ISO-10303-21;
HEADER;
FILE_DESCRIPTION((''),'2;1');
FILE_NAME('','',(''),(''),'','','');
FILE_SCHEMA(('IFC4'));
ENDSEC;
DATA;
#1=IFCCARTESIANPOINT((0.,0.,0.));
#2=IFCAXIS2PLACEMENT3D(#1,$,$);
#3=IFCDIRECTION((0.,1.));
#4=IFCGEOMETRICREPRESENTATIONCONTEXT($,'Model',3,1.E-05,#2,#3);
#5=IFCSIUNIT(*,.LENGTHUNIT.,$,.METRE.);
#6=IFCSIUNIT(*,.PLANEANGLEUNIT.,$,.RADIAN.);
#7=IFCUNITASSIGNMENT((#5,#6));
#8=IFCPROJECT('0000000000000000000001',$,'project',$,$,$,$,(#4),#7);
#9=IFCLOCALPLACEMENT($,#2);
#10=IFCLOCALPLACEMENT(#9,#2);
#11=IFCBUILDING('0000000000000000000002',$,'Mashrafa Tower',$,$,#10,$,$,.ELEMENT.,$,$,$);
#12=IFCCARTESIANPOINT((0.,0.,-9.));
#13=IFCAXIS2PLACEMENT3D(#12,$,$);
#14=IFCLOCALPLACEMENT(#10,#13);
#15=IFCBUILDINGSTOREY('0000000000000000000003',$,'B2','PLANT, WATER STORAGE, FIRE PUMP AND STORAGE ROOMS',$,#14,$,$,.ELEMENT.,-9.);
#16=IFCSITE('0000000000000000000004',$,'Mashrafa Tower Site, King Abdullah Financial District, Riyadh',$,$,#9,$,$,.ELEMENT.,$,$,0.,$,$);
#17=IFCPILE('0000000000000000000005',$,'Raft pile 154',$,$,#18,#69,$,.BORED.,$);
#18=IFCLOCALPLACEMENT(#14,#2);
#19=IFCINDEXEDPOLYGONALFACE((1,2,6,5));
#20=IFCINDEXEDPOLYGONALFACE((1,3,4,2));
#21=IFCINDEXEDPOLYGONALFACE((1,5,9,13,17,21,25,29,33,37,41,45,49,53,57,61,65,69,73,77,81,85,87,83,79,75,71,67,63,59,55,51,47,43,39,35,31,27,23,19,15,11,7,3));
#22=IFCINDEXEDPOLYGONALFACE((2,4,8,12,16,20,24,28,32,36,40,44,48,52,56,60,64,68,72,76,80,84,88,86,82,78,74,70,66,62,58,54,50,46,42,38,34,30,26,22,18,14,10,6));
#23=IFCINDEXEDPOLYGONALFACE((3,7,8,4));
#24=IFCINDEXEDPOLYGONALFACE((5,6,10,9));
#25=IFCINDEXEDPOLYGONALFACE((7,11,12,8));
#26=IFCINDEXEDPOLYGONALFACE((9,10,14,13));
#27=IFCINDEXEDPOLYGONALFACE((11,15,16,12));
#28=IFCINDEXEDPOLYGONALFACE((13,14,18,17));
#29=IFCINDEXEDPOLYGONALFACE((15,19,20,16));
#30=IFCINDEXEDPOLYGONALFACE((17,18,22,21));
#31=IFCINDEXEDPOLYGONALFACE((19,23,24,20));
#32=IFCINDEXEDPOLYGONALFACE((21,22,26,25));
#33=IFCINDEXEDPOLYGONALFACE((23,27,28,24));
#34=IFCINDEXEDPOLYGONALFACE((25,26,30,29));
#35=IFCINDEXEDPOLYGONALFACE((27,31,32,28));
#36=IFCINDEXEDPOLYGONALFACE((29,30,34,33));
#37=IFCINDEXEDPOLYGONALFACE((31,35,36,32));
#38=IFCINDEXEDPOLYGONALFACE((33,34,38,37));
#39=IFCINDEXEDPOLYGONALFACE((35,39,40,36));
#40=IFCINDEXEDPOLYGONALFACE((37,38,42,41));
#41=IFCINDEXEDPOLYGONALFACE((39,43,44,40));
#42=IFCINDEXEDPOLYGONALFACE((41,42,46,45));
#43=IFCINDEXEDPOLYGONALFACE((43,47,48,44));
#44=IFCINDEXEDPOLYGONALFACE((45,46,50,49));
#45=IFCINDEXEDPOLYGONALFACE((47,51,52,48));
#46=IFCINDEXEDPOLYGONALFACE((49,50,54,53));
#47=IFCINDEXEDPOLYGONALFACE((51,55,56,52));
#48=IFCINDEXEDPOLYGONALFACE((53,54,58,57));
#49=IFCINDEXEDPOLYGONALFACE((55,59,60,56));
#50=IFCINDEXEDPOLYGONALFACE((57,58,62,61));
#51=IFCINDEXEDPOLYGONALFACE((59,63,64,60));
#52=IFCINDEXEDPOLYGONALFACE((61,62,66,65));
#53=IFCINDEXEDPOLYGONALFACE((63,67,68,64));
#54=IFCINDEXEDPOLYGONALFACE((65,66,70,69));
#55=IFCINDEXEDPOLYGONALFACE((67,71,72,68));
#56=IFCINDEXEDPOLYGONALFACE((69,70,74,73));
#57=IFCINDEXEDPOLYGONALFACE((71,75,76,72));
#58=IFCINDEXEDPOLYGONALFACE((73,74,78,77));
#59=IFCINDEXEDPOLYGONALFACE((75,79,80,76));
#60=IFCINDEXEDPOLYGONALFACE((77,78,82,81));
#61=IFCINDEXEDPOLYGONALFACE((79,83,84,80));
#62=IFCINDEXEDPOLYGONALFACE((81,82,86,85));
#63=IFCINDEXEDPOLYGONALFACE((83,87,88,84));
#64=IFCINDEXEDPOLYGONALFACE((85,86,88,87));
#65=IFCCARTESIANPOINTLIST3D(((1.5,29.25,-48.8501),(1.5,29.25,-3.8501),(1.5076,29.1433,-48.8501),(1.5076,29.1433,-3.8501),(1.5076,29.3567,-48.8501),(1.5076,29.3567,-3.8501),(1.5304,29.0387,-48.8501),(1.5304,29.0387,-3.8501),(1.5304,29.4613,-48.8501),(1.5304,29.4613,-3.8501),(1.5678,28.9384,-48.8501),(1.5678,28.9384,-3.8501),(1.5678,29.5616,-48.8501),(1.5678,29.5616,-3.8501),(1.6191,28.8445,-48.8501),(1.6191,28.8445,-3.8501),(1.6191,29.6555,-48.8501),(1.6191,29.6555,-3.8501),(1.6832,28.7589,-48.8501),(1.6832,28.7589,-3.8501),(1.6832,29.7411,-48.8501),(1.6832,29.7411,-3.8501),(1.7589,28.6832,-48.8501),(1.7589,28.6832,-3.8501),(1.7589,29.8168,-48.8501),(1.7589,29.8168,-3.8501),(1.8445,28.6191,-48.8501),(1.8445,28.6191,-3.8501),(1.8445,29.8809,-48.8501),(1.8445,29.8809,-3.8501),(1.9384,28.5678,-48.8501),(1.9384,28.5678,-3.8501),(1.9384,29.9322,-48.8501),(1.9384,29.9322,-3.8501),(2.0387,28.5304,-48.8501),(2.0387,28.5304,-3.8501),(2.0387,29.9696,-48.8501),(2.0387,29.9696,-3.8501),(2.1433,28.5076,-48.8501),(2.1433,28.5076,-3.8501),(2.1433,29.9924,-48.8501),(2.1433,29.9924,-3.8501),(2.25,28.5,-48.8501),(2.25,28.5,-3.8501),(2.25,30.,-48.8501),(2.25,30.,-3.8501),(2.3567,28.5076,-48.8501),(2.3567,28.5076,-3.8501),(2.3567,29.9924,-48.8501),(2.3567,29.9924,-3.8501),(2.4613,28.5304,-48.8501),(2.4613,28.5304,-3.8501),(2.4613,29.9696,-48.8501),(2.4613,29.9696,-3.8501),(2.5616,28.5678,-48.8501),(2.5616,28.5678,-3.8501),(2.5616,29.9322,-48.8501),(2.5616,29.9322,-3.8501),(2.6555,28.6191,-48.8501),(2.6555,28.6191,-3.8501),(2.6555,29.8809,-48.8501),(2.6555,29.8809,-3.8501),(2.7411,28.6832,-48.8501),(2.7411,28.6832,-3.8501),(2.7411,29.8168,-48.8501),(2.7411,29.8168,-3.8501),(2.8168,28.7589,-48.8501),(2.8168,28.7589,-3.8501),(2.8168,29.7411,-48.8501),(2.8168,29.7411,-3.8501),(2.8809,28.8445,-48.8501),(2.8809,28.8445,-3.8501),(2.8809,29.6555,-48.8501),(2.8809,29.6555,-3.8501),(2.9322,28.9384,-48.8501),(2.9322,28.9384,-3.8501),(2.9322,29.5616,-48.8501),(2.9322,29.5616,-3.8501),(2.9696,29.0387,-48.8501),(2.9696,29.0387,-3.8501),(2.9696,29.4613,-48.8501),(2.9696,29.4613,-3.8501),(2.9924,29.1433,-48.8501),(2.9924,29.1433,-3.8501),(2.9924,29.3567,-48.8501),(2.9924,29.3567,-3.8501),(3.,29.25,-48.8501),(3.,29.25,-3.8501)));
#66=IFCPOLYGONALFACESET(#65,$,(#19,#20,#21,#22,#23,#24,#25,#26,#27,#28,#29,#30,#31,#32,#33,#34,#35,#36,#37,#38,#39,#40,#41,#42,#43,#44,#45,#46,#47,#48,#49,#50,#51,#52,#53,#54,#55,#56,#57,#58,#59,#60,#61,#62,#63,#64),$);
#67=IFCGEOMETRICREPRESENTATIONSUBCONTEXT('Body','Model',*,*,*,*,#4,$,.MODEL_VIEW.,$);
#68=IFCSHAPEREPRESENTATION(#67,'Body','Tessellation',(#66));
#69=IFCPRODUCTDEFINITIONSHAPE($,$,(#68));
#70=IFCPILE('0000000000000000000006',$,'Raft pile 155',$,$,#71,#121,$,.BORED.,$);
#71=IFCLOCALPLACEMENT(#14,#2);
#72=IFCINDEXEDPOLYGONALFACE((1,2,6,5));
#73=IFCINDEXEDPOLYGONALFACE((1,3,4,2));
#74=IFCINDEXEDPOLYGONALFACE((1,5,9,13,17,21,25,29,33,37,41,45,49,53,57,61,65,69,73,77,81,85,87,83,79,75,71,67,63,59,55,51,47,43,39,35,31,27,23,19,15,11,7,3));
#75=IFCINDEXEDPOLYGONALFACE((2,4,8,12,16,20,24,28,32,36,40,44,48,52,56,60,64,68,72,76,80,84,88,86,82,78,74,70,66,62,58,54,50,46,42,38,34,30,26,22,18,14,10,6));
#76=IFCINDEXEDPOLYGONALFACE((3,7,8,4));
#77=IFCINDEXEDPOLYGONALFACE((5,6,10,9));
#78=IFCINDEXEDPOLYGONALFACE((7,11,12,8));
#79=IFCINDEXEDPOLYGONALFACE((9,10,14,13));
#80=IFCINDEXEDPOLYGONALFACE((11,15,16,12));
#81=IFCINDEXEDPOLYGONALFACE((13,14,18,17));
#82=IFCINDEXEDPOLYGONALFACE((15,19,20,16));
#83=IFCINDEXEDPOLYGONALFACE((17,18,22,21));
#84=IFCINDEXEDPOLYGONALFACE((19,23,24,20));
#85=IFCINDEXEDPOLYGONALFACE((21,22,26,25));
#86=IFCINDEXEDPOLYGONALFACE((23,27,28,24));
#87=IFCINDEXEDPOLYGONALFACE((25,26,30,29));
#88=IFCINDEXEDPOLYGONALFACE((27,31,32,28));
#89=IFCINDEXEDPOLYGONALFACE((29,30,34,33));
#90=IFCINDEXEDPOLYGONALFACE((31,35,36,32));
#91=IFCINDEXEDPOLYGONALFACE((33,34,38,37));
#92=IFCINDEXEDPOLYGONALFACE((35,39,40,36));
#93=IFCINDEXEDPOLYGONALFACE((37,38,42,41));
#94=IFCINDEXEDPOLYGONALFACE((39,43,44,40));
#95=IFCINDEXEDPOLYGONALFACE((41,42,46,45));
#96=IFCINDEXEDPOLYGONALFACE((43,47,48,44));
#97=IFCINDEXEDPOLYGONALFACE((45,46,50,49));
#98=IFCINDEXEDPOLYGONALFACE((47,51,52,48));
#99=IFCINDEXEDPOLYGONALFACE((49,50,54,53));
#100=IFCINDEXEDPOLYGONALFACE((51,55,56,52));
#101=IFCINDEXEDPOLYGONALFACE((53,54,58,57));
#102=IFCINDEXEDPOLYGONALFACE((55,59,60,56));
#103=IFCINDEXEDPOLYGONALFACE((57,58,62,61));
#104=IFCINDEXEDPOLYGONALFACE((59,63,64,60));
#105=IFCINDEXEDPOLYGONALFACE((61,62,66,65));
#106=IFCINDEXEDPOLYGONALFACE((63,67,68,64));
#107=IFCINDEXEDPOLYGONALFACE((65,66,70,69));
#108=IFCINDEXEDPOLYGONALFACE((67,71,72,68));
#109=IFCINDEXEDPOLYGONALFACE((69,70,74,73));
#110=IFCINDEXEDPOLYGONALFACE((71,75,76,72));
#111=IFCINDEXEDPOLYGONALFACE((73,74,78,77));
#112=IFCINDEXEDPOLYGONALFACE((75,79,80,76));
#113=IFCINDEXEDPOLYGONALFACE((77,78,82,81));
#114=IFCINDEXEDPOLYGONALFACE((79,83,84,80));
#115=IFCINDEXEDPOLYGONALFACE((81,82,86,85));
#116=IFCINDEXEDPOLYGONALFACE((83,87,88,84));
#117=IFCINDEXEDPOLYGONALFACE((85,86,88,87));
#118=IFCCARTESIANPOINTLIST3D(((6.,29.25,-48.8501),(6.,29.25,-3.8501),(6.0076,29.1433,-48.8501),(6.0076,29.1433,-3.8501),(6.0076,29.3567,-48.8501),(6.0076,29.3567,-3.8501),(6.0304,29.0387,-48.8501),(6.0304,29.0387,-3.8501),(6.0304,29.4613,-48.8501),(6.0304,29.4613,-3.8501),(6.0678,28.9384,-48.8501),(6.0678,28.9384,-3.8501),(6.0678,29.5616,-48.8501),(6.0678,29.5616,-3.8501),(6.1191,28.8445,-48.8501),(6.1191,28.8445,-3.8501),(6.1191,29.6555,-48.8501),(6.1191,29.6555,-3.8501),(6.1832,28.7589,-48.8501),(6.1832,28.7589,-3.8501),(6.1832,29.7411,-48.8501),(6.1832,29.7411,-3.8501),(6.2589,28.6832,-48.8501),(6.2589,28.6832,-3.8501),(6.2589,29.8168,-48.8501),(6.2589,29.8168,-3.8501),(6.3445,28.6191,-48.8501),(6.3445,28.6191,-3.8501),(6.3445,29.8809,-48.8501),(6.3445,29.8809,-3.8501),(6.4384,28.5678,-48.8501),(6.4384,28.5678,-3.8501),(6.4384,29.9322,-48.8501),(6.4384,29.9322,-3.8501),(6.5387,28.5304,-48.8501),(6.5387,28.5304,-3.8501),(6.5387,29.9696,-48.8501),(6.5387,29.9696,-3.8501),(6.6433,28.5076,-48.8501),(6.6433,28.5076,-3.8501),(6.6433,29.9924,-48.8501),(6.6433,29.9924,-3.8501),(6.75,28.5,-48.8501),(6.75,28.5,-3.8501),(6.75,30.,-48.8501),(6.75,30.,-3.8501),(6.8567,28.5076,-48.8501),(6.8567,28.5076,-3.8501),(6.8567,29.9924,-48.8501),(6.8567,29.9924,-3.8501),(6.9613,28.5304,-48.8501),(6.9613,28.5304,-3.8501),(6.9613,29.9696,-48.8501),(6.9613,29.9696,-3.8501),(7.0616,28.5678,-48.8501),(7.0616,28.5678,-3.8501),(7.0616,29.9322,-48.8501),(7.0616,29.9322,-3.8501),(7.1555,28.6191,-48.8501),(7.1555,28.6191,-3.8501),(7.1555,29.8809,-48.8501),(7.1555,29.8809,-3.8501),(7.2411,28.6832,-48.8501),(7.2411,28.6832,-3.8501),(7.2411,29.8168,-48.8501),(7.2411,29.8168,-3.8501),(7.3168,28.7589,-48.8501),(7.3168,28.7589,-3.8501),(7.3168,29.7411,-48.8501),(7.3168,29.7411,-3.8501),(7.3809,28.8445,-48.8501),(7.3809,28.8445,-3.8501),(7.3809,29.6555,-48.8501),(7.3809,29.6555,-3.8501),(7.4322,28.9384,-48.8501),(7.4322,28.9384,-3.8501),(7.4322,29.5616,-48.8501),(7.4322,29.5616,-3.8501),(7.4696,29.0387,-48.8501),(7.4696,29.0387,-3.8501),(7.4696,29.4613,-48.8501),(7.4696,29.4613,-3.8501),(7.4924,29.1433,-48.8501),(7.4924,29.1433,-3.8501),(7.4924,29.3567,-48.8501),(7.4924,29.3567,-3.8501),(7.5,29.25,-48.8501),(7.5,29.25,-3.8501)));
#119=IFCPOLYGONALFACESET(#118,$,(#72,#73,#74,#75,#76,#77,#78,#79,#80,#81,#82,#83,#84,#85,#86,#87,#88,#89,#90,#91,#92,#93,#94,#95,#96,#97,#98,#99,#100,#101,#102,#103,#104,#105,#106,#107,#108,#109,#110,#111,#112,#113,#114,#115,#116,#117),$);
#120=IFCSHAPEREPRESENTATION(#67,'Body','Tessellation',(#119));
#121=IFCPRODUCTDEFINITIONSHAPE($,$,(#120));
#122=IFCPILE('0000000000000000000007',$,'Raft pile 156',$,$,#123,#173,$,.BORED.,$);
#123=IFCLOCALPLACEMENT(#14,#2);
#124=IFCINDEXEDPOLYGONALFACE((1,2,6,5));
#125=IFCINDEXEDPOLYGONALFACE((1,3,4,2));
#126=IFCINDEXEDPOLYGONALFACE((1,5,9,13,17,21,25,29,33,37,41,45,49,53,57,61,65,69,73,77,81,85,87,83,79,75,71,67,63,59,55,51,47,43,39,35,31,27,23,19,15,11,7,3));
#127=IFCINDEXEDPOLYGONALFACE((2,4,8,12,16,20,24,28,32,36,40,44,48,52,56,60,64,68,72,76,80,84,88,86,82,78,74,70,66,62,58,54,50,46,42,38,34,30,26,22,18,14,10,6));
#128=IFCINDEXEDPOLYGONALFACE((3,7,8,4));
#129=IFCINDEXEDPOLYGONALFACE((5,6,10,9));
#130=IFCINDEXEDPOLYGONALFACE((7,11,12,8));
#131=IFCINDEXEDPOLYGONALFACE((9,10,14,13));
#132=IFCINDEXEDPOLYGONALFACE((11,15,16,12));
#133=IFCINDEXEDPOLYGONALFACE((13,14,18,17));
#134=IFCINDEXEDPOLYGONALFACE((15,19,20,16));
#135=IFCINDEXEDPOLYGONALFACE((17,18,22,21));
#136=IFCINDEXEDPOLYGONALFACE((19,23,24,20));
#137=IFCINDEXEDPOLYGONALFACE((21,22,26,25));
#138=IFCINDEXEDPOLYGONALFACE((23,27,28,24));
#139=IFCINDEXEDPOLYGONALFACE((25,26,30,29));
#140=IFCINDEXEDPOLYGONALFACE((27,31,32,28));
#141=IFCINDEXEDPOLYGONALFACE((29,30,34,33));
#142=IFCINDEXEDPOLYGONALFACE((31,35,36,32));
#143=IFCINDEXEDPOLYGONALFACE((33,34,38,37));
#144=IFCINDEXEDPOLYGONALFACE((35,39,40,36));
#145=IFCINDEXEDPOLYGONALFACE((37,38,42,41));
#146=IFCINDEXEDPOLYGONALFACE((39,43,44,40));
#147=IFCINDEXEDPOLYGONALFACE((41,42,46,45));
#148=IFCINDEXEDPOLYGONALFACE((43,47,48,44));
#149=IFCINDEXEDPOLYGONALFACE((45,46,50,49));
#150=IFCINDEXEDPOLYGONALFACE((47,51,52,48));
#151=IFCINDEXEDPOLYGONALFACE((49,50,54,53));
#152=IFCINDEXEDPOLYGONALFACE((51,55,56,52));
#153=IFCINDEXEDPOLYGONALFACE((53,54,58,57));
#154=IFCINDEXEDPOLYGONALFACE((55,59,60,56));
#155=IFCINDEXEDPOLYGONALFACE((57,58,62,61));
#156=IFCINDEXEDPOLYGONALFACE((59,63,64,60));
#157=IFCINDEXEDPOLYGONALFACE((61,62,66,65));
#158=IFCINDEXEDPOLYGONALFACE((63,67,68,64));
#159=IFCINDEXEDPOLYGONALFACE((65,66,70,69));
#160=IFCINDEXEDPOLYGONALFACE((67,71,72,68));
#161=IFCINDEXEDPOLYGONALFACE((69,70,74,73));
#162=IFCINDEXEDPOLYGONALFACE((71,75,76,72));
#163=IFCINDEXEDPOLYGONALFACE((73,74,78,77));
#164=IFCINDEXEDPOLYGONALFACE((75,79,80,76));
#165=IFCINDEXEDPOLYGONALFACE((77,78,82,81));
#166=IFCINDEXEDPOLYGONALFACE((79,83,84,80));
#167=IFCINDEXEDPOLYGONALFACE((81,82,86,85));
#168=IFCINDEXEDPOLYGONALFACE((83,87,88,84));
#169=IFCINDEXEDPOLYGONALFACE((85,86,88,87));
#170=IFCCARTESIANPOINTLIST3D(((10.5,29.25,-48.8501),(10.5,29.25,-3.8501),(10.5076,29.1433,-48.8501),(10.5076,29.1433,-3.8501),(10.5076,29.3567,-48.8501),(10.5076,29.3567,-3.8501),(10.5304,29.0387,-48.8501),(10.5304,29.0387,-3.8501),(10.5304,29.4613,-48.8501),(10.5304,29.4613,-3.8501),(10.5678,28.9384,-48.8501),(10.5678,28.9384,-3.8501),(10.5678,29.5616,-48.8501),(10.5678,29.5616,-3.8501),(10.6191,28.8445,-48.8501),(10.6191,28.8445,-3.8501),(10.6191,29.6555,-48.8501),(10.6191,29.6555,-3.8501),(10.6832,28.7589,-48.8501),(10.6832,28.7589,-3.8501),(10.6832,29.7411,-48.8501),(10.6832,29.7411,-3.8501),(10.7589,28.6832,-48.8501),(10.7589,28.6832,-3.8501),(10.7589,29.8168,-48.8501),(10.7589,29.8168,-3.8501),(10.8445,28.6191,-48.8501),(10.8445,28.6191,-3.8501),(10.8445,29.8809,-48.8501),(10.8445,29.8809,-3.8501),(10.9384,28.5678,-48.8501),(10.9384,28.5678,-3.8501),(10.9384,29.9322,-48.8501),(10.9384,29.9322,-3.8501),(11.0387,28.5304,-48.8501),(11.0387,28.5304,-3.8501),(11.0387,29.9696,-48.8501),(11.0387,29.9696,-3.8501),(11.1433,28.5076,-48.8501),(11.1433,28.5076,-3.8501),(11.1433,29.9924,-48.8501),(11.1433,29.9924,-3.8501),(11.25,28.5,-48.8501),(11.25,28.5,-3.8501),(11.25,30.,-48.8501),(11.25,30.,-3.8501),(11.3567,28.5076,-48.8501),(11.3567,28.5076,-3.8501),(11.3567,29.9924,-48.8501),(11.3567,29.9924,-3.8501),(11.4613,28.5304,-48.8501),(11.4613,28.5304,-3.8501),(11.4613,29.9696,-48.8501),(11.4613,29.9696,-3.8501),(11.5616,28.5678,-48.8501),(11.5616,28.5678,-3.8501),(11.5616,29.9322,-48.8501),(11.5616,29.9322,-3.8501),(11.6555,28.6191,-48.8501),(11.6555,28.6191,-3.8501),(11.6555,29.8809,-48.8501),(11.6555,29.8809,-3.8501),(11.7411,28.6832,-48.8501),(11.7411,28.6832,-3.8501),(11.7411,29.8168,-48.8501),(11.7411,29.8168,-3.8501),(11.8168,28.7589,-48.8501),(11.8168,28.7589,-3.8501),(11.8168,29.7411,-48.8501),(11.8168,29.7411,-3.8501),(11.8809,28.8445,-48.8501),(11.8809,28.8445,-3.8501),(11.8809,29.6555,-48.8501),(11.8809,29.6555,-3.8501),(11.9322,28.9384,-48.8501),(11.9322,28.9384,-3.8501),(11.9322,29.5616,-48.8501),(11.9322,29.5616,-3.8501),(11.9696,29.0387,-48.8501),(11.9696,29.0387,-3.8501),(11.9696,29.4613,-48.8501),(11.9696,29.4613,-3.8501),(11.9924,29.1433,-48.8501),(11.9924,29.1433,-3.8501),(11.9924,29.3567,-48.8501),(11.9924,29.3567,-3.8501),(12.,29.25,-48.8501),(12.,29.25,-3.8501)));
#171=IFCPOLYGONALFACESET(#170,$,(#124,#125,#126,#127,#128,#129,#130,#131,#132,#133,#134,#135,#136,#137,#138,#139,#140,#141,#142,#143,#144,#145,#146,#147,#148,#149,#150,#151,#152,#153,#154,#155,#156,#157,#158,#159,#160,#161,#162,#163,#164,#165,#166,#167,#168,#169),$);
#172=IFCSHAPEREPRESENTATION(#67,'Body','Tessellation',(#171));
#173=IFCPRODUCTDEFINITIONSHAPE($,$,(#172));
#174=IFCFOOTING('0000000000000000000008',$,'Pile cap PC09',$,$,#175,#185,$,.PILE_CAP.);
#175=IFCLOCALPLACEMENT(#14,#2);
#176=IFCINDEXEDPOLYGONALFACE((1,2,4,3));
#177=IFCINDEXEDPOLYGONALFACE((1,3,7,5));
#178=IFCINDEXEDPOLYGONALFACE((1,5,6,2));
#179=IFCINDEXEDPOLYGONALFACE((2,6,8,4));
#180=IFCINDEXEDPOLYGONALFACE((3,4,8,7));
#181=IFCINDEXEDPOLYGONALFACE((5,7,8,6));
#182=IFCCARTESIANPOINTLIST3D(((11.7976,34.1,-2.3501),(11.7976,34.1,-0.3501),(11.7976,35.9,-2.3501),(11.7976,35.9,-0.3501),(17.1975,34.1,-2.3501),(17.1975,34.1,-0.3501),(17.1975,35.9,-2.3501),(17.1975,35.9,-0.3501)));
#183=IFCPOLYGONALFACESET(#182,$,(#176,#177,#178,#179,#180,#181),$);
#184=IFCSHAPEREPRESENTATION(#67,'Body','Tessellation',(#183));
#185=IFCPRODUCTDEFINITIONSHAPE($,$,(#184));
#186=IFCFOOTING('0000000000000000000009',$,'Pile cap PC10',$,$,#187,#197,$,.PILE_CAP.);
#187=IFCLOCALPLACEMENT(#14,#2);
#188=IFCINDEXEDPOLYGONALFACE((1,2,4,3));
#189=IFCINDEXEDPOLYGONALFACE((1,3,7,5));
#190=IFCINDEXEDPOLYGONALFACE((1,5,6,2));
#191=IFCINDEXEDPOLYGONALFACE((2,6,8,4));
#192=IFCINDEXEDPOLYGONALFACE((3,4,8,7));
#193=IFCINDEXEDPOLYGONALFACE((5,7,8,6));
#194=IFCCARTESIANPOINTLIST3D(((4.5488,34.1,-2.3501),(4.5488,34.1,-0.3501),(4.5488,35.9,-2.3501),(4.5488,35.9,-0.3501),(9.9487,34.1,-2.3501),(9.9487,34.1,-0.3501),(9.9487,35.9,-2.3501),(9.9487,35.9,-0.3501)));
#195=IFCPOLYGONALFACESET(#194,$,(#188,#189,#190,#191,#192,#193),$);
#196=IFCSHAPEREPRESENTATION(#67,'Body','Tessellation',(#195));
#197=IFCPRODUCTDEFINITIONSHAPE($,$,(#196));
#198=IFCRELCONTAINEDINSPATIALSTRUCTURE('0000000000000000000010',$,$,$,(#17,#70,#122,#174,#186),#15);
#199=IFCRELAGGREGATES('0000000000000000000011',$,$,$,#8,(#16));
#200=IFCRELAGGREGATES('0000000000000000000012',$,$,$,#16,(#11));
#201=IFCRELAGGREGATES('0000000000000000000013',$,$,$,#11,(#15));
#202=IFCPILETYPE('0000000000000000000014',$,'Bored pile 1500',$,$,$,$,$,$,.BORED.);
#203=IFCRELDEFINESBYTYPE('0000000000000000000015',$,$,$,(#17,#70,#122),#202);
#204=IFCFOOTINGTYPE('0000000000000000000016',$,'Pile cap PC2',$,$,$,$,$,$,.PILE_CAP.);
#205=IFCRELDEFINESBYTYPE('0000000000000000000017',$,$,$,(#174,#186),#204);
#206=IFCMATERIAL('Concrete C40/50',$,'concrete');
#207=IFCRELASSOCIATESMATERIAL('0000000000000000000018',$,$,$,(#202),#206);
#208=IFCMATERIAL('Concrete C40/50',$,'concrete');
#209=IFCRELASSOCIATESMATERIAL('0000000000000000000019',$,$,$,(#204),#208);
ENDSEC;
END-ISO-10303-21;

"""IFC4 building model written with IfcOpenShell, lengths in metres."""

from ifc_helpers import new_model, si_unit, direction, frame, origin, origin_2d, place, context, subcontext, project, spatial, rectangle, circle, extrude, material, material_profile, profile_set, type_object, element, save


model = new_model("IFC4")

# Units and contexts
model_context = context("Model", 3, precision=1e-05, world=origin(), true_north=direction((0.0, 1.0)))
body_context = subcontext(model_context, "Body", "Model", "MODEL_VIEW")
ifc_project = project(units=[si_unit("LENGTHUNIT", "METRE"), si_unit("PLANEANGLEUNIT", "RADIAN")], contexts=[model_context])

# Site, building, storey
site_placement = place(None, origin())
site = spatial("IfcSite", under=ifc_project, at=site_placement, Name="Mashrafa Tower Site, King Abdullah Financial District, Riyadh", CompositionType="ELEMENT", RefElevation=0.0)
building_placement = place(site_placement, origin())
building = spatial("IfcBuilding", under=site, at=building_placement, Name="Mashrafa Tower", CompositionType="ELEMENT")
storey_placement = place(building_placement, frame((0.0, 0.0, -9.0)))
storey = spatial("IfcBuildingStorey", under=building, at=storey_placement, Name="B2", Description="PLANT, WATER STORAGE, FIRE PUMP AND STORAGE ROOMS", CompositionType="ELEMENT", Elevation=-9.0)

# Piles
ifc_material_1 = material(Name="Concrete C40/50", Category="concrete")
ifc_material_profile_1 = material_profile(ifc_material_1, circle(Radius=0.75, at=origin_2d()), Name="1500 DIA")
ifc_profile_set_1 = profile_set([ifc_material_profile_1], Name="Concrete C40/50")
pile_type_1 = type_object("IfcPileType", Name="Bored pile 1500", PredefinedType="BORED", material=ifc_profile_set_1)
for number, where, z_axis, x_axis, name in (
    (1, (2.25, 29.25, -3.8501), (0.0, 0.0, -1.0), (1.0, 0.0, 0.0), "Raft pile 154"),
    (2, (6.75, 29.25, -3.8501), (0.0, 0.0, -1.0), (1.0, 0.0, 0.0), "Raft pile 155"),
    (3, (11.25, 29.25, -3.8501), (0.0, 0.0, -1.0), (1.0, 0.0, 0.0), "Raft pile 156"),
):
    element("IfcPile", number, at=place(storey_placement, frame(where, z_axis=z_axis, x_axis=x_axis)), inside=storey, type_object=pile_type_1, Name=name, PredefinedType="BORED", context=body_context, shape_type="SweptSolid", body=[
        extrude(circle(Radius=0.75, at=origin_2d()), origin(), (0.0, 0.0, 1.0), 45.0),
    ])

# Footings
ifc_material_2 = material(Name="Concrete C40/50", Category="concrete")
footing_type = type_object("IfcFootingType", Name="Pile cap PC2", PredefinedType="PILE_CAP", material=ifc_material_2)
for number, where, z_axis, x_axis, name in (
    (4, (14.4976, 35.0, -2.3501), (0.0, 0.0, 1.0), (-1.0, 0.0, 0.0), "Pile cap PC09"),
    (5, (7.2488, 35.0, -2.3501), (0.0, 0.0, 1.0), (-1.0, 0.0, 0.0), "Pile cap PC10"),
):
    element("IfcFooting", number, at=place(storey_placement, frame(where, z_axis=z_axis, x_axis=x_axis)), inside=storey, type_object=footing_type, Name=name, PredefinedType="PILE_CAP", context=body_context, shape_type="SweptSolid", body=[
        extrude(rectangle(XDim=5.3999, YDim=1.8, at=origin_2d()), origin(), (0.0, 0.0, 1.0), 2.0),
    ])

save(model, "model.ifc")
